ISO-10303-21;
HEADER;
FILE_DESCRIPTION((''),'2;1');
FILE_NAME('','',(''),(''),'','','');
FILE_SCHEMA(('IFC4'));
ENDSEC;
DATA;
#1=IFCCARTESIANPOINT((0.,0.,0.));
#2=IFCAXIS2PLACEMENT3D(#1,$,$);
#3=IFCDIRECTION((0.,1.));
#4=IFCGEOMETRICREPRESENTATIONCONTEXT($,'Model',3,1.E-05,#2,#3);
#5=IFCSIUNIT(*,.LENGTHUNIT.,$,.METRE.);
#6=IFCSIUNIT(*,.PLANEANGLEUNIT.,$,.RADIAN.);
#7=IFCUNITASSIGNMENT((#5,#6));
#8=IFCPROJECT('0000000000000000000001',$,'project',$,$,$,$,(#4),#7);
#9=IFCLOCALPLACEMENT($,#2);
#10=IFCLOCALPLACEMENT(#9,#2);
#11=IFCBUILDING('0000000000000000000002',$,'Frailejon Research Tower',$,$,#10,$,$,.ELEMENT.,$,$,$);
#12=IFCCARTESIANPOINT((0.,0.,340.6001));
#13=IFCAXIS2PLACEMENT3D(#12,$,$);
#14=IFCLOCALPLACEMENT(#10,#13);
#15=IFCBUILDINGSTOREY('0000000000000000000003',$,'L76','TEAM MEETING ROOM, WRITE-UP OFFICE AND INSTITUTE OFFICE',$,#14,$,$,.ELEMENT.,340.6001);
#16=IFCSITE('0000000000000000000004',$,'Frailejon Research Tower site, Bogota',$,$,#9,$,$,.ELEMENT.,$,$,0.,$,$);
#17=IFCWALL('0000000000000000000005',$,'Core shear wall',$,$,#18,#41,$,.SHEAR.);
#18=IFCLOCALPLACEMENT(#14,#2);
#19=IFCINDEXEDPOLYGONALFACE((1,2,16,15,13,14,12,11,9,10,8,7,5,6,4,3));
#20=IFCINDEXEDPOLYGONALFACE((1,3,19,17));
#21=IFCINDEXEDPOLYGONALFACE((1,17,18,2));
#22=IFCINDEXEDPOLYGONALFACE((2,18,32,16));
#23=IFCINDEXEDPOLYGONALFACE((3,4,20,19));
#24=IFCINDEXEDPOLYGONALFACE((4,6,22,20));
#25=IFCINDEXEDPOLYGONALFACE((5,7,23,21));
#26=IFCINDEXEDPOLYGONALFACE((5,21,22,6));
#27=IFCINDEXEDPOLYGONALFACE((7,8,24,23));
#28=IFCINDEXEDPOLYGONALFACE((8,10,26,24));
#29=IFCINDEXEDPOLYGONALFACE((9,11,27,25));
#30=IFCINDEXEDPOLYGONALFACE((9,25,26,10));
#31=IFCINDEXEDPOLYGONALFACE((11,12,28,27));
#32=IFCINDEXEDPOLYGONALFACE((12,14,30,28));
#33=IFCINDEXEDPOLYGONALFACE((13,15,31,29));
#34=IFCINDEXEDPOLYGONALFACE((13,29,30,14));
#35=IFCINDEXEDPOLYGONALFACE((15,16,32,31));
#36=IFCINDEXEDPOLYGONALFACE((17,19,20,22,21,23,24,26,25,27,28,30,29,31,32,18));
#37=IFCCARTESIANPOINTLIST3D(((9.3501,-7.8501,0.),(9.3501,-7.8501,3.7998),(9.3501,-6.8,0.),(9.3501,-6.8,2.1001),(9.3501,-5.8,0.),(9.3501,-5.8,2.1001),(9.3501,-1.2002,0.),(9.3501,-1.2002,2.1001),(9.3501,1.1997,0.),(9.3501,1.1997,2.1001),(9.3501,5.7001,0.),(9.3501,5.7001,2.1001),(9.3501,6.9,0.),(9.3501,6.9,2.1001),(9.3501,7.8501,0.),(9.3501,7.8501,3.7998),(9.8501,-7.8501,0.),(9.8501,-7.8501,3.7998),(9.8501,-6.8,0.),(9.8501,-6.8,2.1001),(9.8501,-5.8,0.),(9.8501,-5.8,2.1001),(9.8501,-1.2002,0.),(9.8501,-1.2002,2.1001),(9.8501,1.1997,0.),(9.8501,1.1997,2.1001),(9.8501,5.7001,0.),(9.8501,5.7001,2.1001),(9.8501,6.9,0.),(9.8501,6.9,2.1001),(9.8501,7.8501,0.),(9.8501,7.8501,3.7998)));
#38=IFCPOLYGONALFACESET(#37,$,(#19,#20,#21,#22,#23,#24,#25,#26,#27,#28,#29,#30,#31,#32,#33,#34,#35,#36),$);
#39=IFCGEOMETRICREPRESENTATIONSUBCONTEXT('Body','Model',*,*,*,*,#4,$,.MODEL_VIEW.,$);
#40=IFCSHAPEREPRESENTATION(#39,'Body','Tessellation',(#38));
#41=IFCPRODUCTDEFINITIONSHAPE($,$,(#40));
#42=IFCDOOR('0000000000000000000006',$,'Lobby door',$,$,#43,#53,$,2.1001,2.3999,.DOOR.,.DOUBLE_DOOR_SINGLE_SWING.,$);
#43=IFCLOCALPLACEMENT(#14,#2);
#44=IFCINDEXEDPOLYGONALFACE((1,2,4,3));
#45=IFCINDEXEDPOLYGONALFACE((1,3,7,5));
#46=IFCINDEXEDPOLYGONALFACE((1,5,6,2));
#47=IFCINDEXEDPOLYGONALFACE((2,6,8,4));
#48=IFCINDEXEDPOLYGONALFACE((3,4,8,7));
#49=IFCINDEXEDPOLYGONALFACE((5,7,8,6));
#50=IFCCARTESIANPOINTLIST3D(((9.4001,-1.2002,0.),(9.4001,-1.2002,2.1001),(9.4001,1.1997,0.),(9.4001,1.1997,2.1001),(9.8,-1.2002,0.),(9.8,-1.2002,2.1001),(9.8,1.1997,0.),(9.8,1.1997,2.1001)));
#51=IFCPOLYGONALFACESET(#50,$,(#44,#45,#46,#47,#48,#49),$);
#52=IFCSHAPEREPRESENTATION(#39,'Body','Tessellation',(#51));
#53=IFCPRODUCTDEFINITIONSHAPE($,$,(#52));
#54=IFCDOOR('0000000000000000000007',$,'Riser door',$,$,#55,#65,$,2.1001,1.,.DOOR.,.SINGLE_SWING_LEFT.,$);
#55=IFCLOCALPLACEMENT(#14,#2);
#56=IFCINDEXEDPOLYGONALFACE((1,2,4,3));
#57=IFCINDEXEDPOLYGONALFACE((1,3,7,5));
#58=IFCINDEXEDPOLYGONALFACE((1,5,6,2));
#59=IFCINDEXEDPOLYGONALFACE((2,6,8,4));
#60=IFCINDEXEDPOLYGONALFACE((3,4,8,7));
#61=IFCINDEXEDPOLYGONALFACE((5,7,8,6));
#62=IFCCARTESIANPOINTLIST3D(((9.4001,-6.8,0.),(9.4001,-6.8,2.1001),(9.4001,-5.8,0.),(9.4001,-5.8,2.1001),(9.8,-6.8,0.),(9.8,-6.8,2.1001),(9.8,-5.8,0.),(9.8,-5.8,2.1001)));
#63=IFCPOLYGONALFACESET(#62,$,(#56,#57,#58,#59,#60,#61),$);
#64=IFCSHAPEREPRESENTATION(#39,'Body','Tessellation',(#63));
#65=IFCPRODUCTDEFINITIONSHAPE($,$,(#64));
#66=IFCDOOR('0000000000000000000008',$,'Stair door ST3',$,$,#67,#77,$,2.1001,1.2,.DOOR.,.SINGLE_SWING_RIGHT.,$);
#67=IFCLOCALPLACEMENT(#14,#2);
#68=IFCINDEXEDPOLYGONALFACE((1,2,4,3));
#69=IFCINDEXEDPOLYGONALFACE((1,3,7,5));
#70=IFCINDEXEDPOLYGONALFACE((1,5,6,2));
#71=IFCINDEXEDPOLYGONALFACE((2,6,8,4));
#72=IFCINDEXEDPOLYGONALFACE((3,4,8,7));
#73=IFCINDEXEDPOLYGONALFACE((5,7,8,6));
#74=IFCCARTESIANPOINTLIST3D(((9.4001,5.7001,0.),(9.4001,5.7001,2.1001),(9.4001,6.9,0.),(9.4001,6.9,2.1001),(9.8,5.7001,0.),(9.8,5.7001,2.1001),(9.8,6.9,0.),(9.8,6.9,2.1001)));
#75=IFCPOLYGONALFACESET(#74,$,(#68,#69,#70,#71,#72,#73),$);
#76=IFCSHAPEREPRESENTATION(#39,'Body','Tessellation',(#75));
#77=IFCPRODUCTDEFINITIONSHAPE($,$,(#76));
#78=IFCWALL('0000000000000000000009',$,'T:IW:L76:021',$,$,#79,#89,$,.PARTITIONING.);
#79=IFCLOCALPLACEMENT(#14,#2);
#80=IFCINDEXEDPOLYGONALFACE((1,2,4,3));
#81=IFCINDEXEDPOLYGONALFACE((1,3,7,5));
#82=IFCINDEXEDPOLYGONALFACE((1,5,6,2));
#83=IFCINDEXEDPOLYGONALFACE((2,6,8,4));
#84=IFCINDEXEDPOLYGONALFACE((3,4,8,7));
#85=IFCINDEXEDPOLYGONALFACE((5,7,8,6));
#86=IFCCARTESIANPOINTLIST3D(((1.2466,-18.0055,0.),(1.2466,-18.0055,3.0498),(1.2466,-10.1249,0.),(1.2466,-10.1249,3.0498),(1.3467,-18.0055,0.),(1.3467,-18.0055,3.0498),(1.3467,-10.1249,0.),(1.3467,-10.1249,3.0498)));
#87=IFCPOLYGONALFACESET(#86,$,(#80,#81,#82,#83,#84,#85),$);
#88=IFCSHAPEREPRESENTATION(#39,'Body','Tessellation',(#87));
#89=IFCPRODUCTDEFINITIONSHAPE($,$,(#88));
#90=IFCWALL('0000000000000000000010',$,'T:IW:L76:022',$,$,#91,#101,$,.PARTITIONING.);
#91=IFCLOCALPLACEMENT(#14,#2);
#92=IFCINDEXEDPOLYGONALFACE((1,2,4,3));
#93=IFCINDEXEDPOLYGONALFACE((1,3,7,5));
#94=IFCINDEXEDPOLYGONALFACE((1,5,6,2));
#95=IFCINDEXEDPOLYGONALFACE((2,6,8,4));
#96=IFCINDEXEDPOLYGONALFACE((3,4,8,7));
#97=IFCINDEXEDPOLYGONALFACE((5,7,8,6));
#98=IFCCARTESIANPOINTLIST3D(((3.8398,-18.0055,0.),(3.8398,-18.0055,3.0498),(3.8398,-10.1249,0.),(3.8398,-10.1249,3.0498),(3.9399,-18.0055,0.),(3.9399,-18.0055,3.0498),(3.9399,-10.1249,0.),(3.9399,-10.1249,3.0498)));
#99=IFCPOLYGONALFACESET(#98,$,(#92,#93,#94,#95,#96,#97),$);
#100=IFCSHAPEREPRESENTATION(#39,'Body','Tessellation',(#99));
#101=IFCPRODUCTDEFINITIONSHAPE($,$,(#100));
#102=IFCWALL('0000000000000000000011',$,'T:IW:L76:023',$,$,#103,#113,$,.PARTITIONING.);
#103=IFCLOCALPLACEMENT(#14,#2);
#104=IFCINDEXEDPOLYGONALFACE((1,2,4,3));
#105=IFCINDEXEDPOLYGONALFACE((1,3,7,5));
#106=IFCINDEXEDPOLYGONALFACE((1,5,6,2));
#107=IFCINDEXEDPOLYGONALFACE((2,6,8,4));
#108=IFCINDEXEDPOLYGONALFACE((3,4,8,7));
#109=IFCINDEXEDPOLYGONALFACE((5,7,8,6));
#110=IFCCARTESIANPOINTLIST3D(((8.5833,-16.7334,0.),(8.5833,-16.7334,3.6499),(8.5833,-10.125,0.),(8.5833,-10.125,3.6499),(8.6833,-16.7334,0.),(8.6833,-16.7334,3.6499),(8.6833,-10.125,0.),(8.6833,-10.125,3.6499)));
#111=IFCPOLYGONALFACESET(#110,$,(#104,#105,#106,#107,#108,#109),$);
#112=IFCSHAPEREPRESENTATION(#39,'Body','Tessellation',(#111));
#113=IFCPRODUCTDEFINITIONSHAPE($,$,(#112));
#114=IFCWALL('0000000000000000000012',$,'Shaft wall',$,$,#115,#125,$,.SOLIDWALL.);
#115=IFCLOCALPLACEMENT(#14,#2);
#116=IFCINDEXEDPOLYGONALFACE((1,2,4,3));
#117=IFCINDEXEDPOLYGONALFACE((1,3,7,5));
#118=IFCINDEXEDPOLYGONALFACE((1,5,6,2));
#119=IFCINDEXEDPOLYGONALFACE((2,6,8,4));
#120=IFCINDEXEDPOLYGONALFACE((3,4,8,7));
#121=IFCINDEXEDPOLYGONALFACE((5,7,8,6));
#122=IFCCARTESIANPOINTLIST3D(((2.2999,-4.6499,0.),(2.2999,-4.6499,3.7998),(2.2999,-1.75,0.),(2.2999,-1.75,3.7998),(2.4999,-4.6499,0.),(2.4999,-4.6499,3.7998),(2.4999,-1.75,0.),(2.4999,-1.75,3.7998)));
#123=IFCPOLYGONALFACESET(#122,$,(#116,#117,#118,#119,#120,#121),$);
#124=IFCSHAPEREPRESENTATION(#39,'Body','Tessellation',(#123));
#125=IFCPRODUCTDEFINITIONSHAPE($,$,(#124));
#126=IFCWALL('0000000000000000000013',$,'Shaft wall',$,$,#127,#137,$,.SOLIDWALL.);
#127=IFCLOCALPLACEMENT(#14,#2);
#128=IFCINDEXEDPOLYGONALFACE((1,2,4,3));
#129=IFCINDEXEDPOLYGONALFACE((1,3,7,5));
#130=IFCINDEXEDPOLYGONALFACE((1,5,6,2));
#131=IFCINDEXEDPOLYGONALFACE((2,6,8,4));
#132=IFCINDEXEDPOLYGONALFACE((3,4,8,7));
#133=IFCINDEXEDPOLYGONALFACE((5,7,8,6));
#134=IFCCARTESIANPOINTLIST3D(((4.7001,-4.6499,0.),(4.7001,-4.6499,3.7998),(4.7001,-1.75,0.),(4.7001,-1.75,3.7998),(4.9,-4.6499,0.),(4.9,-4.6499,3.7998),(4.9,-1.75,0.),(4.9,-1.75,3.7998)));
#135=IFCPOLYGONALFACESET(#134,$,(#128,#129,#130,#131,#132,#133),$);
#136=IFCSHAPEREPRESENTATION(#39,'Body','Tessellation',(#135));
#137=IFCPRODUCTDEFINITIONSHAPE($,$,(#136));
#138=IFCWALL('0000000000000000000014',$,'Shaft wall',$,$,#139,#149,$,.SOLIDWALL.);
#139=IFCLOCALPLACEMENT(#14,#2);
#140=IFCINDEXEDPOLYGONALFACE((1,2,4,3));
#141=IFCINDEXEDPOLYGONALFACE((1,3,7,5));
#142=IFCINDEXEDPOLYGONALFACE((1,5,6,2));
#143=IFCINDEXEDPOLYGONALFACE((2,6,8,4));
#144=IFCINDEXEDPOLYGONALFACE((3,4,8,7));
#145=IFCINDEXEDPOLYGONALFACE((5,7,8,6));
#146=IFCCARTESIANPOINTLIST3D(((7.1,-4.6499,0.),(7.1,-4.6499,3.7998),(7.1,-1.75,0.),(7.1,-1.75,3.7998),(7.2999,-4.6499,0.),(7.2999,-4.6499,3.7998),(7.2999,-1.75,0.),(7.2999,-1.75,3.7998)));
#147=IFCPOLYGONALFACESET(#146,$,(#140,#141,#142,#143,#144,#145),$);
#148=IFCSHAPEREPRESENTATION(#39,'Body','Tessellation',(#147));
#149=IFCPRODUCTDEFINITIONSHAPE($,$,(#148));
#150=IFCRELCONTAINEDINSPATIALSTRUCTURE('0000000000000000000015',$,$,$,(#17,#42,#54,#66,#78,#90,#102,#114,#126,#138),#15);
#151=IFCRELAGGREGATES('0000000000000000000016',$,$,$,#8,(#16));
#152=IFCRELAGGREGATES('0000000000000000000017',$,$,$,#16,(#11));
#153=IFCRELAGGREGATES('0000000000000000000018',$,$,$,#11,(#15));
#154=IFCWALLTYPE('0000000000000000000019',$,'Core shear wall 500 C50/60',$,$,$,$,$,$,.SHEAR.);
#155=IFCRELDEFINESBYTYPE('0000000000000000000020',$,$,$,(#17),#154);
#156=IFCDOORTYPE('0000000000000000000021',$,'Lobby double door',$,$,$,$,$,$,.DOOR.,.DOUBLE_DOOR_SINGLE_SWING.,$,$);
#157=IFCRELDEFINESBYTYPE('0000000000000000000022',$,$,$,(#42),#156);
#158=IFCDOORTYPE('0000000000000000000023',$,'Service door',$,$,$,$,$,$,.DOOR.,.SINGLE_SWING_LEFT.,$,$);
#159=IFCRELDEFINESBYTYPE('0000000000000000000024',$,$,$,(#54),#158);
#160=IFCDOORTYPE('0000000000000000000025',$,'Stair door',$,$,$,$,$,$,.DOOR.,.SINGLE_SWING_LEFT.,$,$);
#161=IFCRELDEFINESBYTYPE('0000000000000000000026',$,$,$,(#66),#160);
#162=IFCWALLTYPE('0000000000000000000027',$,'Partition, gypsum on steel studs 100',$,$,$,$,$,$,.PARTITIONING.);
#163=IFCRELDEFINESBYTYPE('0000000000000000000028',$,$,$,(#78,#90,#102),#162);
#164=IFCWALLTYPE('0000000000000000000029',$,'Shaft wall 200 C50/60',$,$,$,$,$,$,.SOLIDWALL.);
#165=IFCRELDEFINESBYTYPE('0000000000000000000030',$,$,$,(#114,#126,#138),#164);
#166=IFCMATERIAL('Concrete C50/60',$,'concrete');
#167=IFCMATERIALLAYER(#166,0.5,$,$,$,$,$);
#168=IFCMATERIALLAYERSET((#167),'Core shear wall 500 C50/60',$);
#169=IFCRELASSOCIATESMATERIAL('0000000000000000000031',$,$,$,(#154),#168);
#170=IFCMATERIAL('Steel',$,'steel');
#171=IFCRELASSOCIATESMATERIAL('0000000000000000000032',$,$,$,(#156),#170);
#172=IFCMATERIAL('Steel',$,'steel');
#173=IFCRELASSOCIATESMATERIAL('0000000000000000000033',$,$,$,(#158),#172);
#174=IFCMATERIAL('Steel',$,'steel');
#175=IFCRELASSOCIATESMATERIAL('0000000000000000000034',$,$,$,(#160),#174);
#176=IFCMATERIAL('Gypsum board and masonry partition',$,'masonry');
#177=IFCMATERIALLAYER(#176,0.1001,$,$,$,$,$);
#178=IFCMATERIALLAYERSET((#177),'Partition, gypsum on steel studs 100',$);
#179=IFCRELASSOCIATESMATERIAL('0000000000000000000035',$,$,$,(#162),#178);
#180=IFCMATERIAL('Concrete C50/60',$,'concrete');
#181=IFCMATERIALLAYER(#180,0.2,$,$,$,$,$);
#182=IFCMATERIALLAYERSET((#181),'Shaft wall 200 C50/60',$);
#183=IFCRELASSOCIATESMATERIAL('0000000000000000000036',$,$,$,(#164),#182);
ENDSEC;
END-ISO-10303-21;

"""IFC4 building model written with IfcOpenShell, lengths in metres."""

from ifc_helpers import new_model, si_unit, direction, frame, frame_2d, origin, place, context, subcontext, project, spatial, rectangle, extrude, material, layer, layer_set, type_object, element, fill, save


model = new_model("IFC4")

# Units and contexts
model_context = context("Model", 3, precision=1e-05, world=origin(), true_north=direction((0.0, 1.0)))
body_context = subcontext(model_context, "Body", "Model", "MODEL_VIEW")
ifc_project = project(units=[si_unit("LENGTHUNIT", "METRE"), si_unit("PLANEANGLEUNIT", "RADIAN")], contexts=[model_context])

# Site, building, storey
site_placement = place(None, origin())
site = spatial("IfcSite", under=ifc_project, at=site_placement, Name="Frailejon Research Tower site, Bogota", CompositionType="ELEMENT", RefElevation=0.0)
building_placement = place(site_placement, origin())
building = spatial("IfcBuilding", under=site, at=building_placement, Name="Frailejon Research Tower", CompositionType="ELEMENT")
storey_placement = place(building_placement, frame((0.0, 0.0, 340.6001)))
storey = spatial("IfcBuildingStorey", under=building, at=storey_placement, Name="L76", Description="TEAM MEETING ROOM, WRITE-UP OFFICE AND INSTITUTE OFFICE", CompositionType="ELEMENT", Elevation=340.6001)

# Wall, openings, doors
ifc_material_1 = material(Name="Concrete C50/60", Category="concrete")
ifc_layer_1 = layer(ifc_material_1, 0.5)
ifc_layer_set_1 = layer_set([ifc_layer_1], Name="Core shear wall 500 C50/60")
wall_type_1 = type_object("IfcWallType", Name="Core shear wall 500 C50/60", PredefinedType="SHEAR", material=ifc_layer_set_1)
wall_1_placement = place(storey_placement, frame((9.6001, -7.8501, 0.0), z_axis=(0.0, 0.0, 1.0), x_axis=(0.0, 1.0, 0.0)))
wall_1 = element("IfcWall", 1, at=wall_1_placement, inside=storey, type_object=wall_type_1, Name="Core shear wall", PredefinedType="SHEAR", context=body_context, shape_type="SweptSolid", body=[
    extrude(rectangle(XDim=15.7002, YDim=0.5, at=frame_2d((7.8501, 0.0))), origin(), (0.0, 0.0, 1.0), 3.7998),
])
opening_1_placement = place(wall_1_placement, frame((6.6499, 0.0, 0.0)))
opening_1 = element("IfcOpeningElement", 2, at=opening_1_placement, cuts=wall_1, PredefinedType="OPENING", context=body_context, shape_type="SweptSolid", body=[
    extrude(rectangle(XDim=2.3999, YDim=2.1001, at=frame_2d((1.2, 1.05))), frame((0.0, 0.26, 0.0), z_axis=(0.0, -1.0, 0.0), x_axis=(1.0, 0.0, 0.0)), (0.0, 0.0, 1.0), 0.52),
])
opening_2_placement = place(wall_1_placement, frame((13.55, 0.0, 0.0)))
opening_2 = element("IfcOpeningElement", 3, at=opening_2_placement, cuts=wall_1, PredefinedType="OPENING", context=body_context, shape_type="SweptSolid", body=[
    extrude(rectangle(XDim=1.2, YDim=2.1001, at=frame_2d((0.6001, 1.05))), frame((0.0, 0.26, 0.0), z_axis=(0.0, -1.0, 0.0), x_axis=(1.0, 0.0, 0.0)), (0.0, 0.0, 1.0), 0.52),
])
opening_3_placement = place(wall_1_placement, frame((1.05, 0.0, 0.0)))
opening_3 = element("IfcOpeningElement", 4, at=opening_3_placement, cuts=wall_1, PredefinedType="OPENING", context=body_context, shape_type="SweptSolid", body=[
    extrude(rectangle(XDim=1.0, YDim=2.1001, at=frame_2d((0.5, 1.05))), frame((0.0, 0.26, 0.0), z_axis=(0.0, -1.0, 0.0), x_axis=(1.0, 0.0, 0.0)), (0.0, 0.0, 1.0), 0.52),
])
ifc_material_2 = material(Name="Steel", Category="steel")
door_type_1 = type_object("IfcDoorType", Name="Lobby double door", OperationType="DOUBLE_DOOR_SINGLE_SWING", PredefinedType="DOOR", material=ifc_material_2)
door_1_placement = place(opening_1_placement, origin())
door_1 = element("IfcDoor", 5, at=door_1_placement, inside=storey, type_object=door_type_1, Name="Lobby door", OperationType="DOUBLE_DOOR_SINGLE_SWING", OverallHeight=2.1001, OverallWidth=2.3999, PredefinedType="DOOR", context=body_context, shape_type="SweptSolid", body=[
    extrude(rectangle(XDim=2.3999, YDim=2.1001, at=frame_2d((1.2, 1.05))), frame((0.0, 0.2, 0.0), z_axis=(0.0, -1.0, 0.0), x_axis=(1.0, 0.0, 0.0)), (0.0, 0.0, 1.0), 0.3999),
])
fill(opening_1, door_1)
ifc_material_3 = material(Name="Steel", Category="steel")
door_type_2 = type_object("IfcDoorType", Name="Service door", OperationType="SINGLE_SWING_LEFT", PredefinedType="DOOR", material=ifc_material_3)
door_2_placement = place(opening_3_placement, origin())
door_2 = element("IfcDoor", 6, at=door_2_placement, inside=storey, type_object=door_type_2, Name="Riser door", OperationType="SINGLE_SWING_LEFT", OverallHeight=2.1001, OverallWidth=1.0, PredefinedType="DOOR", context=body_context, shape_type="SweptSolid", body=[
    extrude(rectangle(XDim=1.0, YDim=2.1001, at=frame_2d((0.5, 1.05))), frame((0.0, 0.2, 0.0), z_axis=(0.0, -1.0, 0.0), x_axis=(1.0, 0.0, 0.0)), (0.0, 0.0, 1.0), 0.3999),
])
fill(opening_3, door_2)
ifc_material_4 = material(Name="Steel", Category="steel")
door_type_3 = type_object("IfcDoorType", Name="Stair door", OperationType="SINGLE_SWING_LEFT", PredefinedType="DOOR", material=ifc_material_4)
door_3_placement = place(opening_2_placement, origin())
door_3 = element("IfcDoor", 7, at=door_3_placement, inside=storey, type_object=door_type_3, Name="Stair door ST3", OperationType="SINGLE_SWING_RIGHT", OverallHeight=2.1001, OverallWidth=1.2, PredefinedType="DOOR", context=body_context, shape_type="SweptSolid", body=[
    extrude(rectangle(XDim=1.2, YDim=2.1001, at=frame_2d((0.6001, 1.05))), frame((0.0, 0.2, 0.0), z_axis=(0.0, -1.0, 0.0), x_axis=(1.0, 0.0, 0.0)), (0.0, 0.0, 1.0), 0.3999),
])
fill(opening_2, door_3)

# Walls
ifc_material_5 = material(Name="Gypsum board and masonry partition", Category="masonry")
ifc_layer_2 = layer(ifc_material_5, 0.1001)
ifc_layer_set_2 = layer_set([ifc_layer_2], Name="Partition, gypsum on steel studs 100")
wall_type_2 = type_object("IfcWallType", Name="Partition, gypsum on steel studs 100", PredefinedType="PARTITIONING", material=ifc_layer_set_2)
for number, where, z_axis, x_axis, name in (
    (8, (1.2966, -18.0056, 0.0), (0.0, 0.0, 1.0), (0.0, 1.0, 0.0), "T:IW:L76:021"),
    (9, (3.8899, -18.0056, 0.0), (0.0, 0.0, 1.0), (0.0, 1.0, 0.0), "T:IW:L76:022"),
):
    element("IfcWall", number, at=place(storey_placement, frame(where, z_axis=z_axis, x_axis=x_axis)), inside=storey, type_object=wall_type_2, Name=name, PredefinedType="PARTITIONING", context=body_context, shape_type="SweptSolid", body=[
        extrude(rectangle(XDim=7.8806, YDim=0.1001, at=frame_2d((3.9404, 0.0))), origin(), (0.0, 0.0, 1.0), 3.0498),
    ])
wall_2_placement = place(storey_placement, frame((8.6333, -16.7334, 0.0), z_axis=(0.0, 0.0, 1.0), x_axis=(0.0, 1.0, 0.0)))
element("IfcWall", 10, at=wall_2_placement, inside=storey, type_object=wall_type_2, Name="T:IW:L76:023", PredefinedType="PARTITIONING", context=body_context, shape_type="SweptSolid", body=[
    extrude(rectangle(XDim=6.6084, YDim=0.1001, at=frame_2d((3.3042, 0.0))), origin(), (0.0, 0.0, 1.0), 3.6499),
])
ifc_material_6 = material(Name="Concrete C50/60", Category="concrete")
ifc_layer_3 = layer(ifc_material_6, 0.2)
ifc_layer_set_3 = layer_set([ifc_layer_3], Name="Shaft wall 200 C50/60")
wall_type_3 = type_object("IfcWallType", Name="Shaft wall 200 C50/60", PredefinedType="SOLIDWALL", material=ifc_layer_set_3)
for number, where, z_axis, x_axis, name in (
    (11, (2.3999, -4.6499, 0.0), (0.0, 0.0, 1.0), (0.0, 1.0, 0.0), "Shaft wall"),
    (12, (4.8, -4.6499, 0.0), (0.0, 0.0, 1.0), (0.0, 1.0, 0.0), "Shaft wall"),
    (13, (7.2, -4.6499, 0.0), (0.0, 0.0, 1.0), (0.0, 1.0, 0.0), "Shaft wall"),
):
    element("IfcWall", number, at=place(storey_placement, frame(where, z_axis=z_axis, x_axis=x_axis)), inside=storey, type_object=wall_type_3, Name=name, PredefinedType="SOLIDWALL", context=body_context, shape_type="SweptSolid", body=[
        extrude(rectangle(XDim=2.8999, YDim=0.2, at=frame_2d((1.45, 0.0))), origin(), (0.0, 0.0, 1.0), 3.7998),
    ])

save(model, "model.ifc")
